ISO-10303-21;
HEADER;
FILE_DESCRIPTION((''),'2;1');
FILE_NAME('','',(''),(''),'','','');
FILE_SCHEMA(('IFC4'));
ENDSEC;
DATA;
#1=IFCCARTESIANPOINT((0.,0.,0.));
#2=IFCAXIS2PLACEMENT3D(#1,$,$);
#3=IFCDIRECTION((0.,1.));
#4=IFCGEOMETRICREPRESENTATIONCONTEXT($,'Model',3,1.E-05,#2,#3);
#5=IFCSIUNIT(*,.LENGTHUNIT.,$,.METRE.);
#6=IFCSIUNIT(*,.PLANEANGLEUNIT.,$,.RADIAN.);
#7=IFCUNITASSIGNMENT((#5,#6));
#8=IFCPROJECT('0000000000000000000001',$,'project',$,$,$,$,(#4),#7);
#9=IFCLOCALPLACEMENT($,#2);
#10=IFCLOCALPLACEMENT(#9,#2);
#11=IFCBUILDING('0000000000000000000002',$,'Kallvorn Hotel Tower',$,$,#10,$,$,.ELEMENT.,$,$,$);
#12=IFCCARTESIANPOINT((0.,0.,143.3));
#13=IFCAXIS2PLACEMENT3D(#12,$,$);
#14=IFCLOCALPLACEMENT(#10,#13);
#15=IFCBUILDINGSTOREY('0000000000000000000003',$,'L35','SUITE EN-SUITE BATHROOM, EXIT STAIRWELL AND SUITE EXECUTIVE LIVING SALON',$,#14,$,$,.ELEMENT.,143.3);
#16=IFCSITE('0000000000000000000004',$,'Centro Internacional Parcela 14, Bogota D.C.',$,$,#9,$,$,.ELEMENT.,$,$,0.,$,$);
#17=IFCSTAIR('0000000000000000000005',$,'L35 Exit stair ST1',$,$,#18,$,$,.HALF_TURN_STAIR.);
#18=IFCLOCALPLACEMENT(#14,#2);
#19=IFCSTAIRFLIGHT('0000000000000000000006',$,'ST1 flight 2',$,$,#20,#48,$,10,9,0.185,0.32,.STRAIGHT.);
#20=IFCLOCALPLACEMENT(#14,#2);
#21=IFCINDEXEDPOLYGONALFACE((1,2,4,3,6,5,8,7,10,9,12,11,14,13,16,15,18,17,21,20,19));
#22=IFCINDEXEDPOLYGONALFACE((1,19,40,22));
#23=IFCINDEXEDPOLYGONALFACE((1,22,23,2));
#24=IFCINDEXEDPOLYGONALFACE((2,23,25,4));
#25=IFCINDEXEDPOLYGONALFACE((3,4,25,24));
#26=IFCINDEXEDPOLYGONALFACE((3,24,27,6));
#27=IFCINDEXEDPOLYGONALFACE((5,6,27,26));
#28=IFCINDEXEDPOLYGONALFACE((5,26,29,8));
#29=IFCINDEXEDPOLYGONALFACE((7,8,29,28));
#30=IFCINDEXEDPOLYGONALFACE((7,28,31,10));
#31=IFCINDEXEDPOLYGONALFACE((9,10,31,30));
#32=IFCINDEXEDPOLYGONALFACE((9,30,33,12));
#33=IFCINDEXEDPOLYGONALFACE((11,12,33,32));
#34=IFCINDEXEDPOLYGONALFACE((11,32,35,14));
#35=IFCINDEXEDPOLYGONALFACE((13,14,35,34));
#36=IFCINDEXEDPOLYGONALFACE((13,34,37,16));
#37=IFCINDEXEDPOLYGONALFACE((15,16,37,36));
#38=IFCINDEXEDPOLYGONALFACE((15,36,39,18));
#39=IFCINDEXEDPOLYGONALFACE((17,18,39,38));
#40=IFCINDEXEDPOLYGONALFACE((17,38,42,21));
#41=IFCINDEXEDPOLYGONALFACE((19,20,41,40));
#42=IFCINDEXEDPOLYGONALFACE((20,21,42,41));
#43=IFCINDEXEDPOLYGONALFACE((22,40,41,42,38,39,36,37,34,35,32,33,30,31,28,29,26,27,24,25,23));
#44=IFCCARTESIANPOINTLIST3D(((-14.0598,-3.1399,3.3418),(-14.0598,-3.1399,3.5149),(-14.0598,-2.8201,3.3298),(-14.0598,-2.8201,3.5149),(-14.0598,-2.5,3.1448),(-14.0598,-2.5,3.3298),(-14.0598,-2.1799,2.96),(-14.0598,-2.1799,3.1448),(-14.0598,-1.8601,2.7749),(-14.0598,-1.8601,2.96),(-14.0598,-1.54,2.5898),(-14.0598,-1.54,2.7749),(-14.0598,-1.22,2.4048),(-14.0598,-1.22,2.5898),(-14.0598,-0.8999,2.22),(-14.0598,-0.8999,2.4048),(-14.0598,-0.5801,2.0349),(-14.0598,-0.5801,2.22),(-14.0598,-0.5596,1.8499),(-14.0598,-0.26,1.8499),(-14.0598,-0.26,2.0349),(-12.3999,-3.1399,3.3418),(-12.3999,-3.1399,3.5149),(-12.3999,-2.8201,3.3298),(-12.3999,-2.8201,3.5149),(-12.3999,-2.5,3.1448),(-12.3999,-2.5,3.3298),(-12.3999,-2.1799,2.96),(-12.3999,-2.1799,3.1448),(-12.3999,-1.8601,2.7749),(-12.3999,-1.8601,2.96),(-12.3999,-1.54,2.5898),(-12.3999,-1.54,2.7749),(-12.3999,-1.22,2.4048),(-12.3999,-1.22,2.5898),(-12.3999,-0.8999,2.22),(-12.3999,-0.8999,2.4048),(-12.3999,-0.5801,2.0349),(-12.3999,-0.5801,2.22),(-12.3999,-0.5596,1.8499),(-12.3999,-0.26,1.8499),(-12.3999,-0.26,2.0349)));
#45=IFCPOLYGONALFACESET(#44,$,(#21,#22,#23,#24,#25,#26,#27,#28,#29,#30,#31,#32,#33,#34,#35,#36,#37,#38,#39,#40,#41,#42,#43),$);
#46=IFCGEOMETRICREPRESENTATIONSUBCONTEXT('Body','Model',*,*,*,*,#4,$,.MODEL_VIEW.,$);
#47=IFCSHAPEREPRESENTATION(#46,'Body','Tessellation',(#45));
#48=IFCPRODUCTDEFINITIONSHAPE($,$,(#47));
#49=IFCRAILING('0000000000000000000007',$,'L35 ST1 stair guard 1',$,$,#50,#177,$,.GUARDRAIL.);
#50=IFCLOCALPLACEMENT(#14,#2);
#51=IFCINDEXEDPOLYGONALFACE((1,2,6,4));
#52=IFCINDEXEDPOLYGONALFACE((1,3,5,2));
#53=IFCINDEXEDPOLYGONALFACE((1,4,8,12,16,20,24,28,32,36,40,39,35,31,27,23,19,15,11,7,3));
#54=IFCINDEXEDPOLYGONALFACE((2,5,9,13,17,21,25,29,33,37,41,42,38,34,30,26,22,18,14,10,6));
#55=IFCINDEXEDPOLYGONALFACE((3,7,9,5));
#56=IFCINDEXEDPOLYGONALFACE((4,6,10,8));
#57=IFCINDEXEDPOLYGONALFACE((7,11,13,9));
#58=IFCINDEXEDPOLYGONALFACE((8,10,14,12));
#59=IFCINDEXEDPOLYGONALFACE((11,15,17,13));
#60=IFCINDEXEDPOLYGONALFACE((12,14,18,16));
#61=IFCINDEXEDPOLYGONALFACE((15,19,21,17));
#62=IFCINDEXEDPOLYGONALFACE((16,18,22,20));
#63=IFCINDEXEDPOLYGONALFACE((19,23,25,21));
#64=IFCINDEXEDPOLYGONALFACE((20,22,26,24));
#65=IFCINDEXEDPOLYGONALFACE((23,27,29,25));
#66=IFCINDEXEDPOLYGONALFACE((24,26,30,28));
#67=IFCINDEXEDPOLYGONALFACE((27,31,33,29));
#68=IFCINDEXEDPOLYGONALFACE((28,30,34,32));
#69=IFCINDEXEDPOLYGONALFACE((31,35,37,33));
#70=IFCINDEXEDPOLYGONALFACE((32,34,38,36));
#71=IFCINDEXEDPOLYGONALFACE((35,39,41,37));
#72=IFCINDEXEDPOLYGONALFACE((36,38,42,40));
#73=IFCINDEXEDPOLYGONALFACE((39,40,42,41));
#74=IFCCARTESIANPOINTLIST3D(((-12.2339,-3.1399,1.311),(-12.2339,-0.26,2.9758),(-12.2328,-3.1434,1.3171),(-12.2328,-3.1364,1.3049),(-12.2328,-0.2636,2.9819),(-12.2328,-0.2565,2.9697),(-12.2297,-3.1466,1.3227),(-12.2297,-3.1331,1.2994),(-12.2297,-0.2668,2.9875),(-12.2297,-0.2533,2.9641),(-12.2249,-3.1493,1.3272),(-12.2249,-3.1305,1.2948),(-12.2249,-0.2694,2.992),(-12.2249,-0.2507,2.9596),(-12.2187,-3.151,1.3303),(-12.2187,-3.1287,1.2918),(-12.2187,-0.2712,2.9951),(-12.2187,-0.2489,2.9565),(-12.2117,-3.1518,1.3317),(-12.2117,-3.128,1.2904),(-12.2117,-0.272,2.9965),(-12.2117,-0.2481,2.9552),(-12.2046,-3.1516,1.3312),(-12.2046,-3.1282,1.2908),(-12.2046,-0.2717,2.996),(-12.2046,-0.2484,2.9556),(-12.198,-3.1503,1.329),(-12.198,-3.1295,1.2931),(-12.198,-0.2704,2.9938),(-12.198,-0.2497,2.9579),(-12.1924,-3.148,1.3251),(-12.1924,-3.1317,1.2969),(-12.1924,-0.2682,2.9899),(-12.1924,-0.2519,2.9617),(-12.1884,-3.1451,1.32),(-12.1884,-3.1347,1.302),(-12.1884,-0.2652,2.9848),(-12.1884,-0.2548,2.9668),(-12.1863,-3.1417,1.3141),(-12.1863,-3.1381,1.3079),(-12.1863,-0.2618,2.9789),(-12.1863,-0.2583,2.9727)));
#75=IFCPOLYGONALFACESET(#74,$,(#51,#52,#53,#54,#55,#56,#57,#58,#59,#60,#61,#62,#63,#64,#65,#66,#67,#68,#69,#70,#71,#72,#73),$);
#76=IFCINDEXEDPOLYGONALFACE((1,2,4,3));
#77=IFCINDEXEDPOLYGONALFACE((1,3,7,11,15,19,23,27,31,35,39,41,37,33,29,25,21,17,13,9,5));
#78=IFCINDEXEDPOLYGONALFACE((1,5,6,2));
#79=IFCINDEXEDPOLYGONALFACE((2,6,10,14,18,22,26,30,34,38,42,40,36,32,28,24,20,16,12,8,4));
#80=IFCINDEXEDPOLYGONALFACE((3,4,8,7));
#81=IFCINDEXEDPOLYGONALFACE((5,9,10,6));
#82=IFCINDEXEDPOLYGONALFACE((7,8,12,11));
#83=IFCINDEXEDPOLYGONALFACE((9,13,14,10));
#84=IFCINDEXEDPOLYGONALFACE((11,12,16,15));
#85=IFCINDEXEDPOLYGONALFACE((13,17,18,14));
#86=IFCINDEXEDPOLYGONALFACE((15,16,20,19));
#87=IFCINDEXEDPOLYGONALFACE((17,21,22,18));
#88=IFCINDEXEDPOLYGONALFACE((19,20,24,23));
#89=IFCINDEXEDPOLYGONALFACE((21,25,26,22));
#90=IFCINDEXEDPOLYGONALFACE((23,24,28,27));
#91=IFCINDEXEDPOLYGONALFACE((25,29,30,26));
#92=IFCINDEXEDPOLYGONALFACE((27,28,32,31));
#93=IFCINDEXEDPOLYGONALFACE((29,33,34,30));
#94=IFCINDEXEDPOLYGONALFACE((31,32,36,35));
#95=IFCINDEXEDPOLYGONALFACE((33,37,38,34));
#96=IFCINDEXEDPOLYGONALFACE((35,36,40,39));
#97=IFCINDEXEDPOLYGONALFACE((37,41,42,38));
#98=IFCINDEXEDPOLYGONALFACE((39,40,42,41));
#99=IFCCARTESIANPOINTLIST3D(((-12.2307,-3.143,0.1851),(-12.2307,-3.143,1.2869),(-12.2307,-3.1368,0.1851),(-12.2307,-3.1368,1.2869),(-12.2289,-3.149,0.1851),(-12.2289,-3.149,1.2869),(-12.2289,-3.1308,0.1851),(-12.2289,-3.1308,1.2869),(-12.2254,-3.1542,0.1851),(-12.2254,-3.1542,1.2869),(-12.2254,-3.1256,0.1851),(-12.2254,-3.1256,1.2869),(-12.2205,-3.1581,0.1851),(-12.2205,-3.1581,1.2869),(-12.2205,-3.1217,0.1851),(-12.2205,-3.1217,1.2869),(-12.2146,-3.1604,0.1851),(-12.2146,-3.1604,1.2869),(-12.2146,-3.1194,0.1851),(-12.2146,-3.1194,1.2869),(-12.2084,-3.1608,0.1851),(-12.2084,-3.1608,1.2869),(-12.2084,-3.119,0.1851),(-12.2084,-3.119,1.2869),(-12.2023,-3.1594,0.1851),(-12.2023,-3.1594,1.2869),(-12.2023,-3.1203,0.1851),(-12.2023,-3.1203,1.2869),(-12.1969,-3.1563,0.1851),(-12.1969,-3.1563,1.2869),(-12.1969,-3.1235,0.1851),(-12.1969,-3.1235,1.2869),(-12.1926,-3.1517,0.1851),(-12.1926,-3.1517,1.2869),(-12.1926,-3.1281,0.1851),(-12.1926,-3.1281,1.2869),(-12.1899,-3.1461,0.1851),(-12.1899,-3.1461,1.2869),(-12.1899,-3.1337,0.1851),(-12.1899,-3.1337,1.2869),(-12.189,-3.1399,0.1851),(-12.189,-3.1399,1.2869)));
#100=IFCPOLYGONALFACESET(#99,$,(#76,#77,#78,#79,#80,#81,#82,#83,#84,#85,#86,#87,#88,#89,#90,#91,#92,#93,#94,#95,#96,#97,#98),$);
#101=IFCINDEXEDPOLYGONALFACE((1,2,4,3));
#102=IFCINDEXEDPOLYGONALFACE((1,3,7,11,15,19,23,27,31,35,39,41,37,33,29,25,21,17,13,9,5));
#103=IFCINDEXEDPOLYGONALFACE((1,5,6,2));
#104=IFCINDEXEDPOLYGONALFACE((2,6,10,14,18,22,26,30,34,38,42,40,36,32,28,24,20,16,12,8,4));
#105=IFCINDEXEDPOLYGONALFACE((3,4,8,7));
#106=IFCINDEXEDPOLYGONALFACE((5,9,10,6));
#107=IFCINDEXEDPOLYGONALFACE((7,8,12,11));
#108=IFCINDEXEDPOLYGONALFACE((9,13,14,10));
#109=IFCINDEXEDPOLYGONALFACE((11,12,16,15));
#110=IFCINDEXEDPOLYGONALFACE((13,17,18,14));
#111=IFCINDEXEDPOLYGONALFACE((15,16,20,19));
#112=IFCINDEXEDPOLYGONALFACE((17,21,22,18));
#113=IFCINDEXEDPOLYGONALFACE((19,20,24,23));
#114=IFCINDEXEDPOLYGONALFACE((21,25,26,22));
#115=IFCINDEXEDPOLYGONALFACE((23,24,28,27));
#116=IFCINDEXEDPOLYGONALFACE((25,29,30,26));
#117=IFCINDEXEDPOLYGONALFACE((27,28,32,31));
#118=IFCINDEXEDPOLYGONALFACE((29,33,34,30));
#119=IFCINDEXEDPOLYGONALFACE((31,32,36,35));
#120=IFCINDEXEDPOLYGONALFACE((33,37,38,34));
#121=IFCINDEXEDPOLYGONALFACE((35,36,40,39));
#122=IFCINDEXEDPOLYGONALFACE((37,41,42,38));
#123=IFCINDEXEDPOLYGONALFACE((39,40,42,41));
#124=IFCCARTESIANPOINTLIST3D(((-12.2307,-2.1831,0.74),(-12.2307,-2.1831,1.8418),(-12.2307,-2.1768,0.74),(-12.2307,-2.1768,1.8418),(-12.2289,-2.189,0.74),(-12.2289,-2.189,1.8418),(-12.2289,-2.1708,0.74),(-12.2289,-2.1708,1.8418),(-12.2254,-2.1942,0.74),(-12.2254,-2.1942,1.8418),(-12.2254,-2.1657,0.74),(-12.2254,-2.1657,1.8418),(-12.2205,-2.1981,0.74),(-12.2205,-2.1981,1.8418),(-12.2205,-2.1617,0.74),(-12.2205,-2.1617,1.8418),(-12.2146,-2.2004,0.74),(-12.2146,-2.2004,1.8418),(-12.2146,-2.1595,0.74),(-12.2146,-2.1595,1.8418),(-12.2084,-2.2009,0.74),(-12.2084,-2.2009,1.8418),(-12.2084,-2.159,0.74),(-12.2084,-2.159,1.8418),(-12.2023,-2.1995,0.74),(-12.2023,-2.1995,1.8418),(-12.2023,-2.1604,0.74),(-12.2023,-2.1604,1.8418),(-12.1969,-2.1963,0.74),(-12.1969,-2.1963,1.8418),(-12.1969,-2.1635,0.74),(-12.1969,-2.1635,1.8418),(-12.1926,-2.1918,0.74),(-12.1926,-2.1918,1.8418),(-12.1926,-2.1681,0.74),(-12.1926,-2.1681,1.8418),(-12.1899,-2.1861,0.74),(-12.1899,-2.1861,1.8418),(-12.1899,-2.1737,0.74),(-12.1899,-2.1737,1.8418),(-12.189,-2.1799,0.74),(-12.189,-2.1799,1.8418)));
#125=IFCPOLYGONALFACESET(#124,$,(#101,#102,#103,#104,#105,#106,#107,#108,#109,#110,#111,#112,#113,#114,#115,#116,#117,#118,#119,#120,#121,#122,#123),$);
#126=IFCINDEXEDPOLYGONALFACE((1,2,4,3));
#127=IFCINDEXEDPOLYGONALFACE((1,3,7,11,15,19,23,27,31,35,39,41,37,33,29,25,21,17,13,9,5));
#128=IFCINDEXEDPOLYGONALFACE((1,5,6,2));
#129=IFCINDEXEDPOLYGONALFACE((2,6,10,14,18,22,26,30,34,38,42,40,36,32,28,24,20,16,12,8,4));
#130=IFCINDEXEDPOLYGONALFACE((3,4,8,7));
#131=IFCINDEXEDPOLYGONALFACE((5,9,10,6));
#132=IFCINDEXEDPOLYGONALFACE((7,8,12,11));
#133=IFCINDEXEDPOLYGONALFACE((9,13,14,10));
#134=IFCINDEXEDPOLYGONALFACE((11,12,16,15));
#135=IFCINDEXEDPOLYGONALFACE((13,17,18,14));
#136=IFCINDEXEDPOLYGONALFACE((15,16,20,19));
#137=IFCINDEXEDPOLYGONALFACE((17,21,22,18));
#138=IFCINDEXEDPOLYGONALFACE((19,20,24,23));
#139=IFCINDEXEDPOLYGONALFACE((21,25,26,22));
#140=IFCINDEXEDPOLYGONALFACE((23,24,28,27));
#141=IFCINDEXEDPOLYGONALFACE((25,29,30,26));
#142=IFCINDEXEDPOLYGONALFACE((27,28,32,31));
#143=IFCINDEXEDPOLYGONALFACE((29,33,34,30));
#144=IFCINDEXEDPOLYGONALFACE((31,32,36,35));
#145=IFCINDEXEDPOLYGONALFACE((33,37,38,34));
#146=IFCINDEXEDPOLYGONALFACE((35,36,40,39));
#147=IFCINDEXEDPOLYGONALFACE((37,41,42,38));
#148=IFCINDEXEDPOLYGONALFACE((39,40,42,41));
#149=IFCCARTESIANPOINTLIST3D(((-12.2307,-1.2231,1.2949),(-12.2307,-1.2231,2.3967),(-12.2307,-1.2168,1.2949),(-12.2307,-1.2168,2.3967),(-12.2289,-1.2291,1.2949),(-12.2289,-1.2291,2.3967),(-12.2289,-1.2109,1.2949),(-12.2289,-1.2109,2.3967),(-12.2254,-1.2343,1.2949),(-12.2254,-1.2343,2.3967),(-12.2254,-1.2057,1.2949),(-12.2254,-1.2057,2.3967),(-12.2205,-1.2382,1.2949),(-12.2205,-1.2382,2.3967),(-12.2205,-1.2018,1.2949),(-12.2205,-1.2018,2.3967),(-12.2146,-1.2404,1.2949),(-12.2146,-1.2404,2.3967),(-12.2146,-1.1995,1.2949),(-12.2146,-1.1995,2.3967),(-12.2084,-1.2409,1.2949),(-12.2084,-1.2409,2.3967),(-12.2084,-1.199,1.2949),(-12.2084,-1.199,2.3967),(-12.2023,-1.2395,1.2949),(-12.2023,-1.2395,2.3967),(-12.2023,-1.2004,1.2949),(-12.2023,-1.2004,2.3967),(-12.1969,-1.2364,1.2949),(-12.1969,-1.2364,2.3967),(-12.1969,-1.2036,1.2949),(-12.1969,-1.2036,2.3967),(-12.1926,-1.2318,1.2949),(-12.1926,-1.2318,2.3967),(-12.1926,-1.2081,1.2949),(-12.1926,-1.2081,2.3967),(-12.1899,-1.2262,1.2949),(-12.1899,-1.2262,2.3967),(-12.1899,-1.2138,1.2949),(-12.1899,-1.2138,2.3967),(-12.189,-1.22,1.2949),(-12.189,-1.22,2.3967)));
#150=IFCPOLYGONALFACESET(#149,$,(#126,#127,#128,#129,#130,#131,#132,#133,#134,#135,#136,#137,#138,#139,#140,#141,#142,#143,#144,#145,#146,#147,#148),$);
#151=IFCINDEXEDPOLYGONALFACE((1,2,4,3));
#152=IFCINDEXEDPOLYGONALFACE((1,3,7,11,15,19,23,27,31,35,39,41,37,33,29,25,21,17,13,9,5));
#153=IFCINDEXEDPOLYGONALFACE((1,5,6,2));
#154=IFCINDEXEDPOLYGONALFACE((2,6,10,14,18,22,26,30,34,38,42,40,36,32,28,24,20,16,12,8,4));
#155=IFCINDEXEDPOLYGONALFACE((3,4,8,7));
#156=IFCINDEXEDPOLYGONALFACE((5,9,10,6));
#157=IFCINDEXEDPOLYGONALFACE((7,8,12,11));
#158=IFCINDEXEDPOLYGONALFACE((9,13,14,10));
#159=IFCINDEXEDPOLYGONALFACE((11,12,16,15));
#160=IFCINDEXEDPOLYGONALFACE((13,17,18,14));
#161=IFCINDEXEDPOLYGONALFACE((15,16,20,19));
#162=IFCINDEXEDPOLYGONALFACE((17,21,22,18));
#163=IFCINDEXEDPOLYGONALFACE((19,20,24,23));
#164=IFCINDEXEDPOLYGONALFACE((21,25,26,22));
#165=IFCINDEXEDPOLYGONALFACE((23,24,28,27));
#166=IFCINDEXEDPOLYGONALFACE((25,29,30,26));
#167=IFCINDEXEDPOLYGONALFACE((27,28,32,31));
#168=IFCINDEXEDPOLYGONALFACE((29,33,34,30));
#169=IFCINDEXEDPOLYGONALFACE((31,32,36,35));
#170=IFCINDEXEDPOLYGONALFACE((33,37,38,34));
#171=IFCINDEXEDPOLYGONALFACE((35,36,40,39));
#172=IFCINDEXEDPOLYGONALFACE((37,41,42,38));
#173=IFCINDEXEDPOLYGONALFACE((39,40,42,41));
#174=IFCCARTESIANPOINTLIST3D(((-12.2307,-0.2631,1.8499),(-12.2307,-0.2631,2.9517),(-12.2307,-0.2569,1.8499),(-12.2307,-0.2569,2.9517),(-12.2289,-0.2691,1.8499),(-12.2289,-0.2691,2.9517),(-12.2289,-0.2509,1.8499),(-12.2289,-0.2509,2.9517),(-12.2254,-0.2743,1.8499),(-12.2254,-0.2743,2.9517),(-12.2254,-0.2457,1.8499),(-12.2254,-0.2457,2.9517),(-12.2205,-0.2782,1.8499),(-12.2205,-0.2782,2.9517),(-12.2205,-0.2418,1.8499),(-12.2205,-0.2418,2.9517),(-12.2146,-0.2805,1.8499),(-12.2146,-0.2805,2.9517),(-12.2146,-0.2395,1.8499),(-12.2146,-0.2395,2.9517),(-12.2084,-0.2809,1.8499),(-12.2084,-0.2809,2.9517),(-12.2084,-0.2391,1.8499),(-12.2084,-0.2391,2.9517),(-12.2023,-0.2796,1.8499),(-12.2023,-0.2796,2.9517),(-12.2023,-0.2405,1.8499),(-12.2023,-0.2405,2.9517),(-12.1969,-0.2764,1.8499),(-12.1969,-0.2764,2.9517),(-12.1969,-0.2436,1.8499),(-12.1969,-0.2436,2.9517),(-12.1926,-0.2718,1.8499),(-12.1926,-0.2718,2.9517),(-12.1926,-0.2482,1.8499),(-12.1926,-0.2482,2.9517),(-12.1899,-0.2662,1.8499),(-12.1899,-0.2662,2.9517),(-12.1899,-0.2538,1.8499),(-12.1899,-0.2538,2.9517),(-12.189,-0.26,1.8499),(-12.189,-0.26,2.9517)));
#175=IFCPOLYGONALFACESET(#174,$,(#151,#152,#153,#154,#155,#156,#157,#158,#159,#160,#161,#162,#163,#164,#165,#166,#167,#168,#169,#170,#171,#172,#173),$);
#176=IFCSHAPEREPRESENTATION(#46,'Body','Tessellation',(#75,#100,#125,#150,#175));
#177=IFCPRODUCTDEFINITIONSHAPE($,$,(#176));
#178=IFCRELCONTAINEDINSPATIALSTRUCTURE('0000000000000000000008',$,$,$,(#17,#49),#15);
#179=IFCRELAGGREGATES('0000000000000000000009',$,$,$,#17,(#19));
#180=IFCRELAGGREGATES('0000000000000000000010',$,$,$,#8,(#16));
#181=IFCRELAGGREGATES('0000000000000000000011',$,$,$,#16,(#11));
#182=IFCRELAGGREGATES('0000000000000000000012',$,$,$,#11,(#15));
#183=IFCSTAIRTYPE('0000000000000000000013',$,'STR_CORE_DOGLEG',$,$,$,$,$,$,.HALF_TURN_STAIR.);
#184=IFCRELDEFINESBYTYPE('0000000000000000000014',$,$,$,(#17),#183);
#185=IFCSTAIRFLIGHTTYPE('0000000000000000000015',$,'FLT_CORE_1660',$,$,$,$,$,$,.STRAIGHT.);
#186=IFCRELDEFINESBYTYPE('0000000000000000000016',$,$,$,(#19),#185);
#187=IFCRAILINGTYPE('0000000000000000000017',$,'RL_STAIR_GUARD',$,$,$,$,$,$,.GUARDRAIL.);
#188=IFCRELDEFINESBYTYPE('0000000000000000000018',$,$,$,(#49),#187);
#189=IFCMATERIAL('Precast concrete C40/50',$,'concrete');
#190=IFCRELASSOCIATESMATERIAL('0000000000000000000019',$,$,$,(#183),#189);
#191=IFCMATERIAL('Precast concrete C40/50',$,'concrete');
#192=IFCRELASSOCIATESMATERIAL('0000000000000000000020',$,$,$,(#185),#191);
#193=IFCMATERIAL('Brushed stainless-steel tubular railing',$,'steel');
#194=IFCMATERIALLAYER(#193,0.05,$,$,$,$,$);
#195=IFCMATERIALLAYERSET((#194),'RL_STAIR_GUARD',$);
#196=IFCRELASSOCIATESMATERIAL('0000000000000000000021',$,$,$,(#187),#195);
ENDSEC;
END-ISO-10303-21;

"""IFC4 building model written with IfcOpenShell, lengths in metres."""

from ifc_helpers import new_model, si_unit, direction, frame, origin, origin_2d, place, context, subcontext, project, spatial, polyline, circle, outline, extrude, material, layer, layer_set, type_object, element, aggregate, save


model = new_model("IFC4")

# Units and contexts
model_context = context("Model", 3, precision=1e-05, world=origin(), true_north=direction((0.0, 1.0)))
body_context = subcontext(model_context, "Body", "Model", "MODEL_VIEW")
ifc_project = project(units=[si_unit("LENGTHUNIT", "METRE"), si_unit("PLANEANGLEUNIT", "RADIAN")], contexts=[model_context])

# Site, building, storey
site_placement = place(None, origin())
site = spatial("IfcSite", under=ifc_project, at=site_placement, Name="Centro Internacional Parcela 14, Bogota D.C.", CompositionType="ELEMENT", RefElevation=0.0)
building_placement = place(site_placement, origin())
building = spatial("IfcBuilding", under=site, at=building_placement, Name="Kallvorn Hotel Tower", CompositionType="ELEMENT")
storey_placement = place(building_placement, frame((0.0, 0.0, 143.3)))
storey = spatial("IfcBuildingStorey", under=building, at=storey_placement, Name="L35", Description="SUITE EN-SUITE BATHROOM, EXIT STAIRWELL AND SUITE EXECUTIVE LIVING SALON", CompositionType="ELEMENT", Elevation=143.3)

# Stair, stair flight
ifc_material_1 = material(Name="Precast concrete C40/50", Category="concrete")
stair_type = type_object("IfcStairType", Name="STR_CORE_DOGLEG", PredefinedType="HALF_TURN_STAIR", material=ifc_material_1)
stair_placement = place(storey_placement, origin())
stair = element("IfcStair", 1, at=stair_placement, inside=storey, type_object=stair_type, Name="L35 Exit stair ST1", PredefinedType="HALF_TURN_STAIR")
ifc_material_2 = material(Name="Precast concrete C40/50", Category="concrete")
stair_flight_type = type_object("IfcStairFlightType", Name="FLT_CORE_1660", PredefinedType="STRAIGHT", material=ifc_material_2)
stair_flight_1_placement = place(storey_placement, frame((-13.23, -0.26, 1.8499), z_axis=(0.0, 0.0, 1.0), x_axis=(0.0, -1.0, 0.0)))
stair_flight_1 = element("IfcStairFlight", 2, at=stair_flight_1_placement, type_object=stair_flight_type, Name="ST1 flight 2", NumberOfRisers=10, NumberOfTreads=9, PredefinedType="STRAIGHT", RiserHeight=0.185, TreadLength=0.32, context=body_context, shape_type="SweptSolid", body=[
    extrude(outline(polyline([(0.0, 0.0), (0.0, 0.1851), (0.3201, 0.1851), (0.3201, 0.3701), (0.6399, 0.3701), (0.6399, 0.5549), (0.96, 0.5549), (0.96, 0.74), (1.28, 0.74), (1.28, 0.925), (1.6001, 0.925), (1.6001, 1.1101), (1.9199, 1.1101), (1.9199, 1.2949), (2.24, 1.2949), (2.24, 1.48), (2.5601, 1.48), (2.5601, 1.665), (2.8799, 1.665), (2.8799, 1.8501), (2.8799, 1.4919), (0.2996, 0.0), (0.0, 0.0)])), frame((0.0, 0.8301, 0.0), z_axis=(0.0, -1.0, 0.0), x_axis=(1.0, 0.0, 0.0)), (0.0, 0.0, 1.0), 1.6599),
])
aggregate(stair, [stair_flight_1])

# Railing
ifc_material_3 = material(Name="Brushed stainless-steel tubular railing", Category="steel")
ifc_layer_1 = layer(ifc_material_3, 0.05)
ifc_layer_set_1 = layer_set([ifc_layer_1], Name="RL_STAIR_GUARD")
railing_type_1 = type_object("IfcRailingType", Name="RL_STAIR_GUARD", PredefinedType="GUARDRAIL", material=ifc_layer_set_1)
railing_1_placement = place(storey_placement, frame((-12.21, -3.1399, 0.1851)))
element("IfcRailing", 3, at=railing_1_placement, inside=storey, type_object=railing_type_1, Name="L35 ST1 stair guard 1", PredefinedType="GUARDRAIL", context=body_context, shape_type="SweptSolid", body=[
    extrude(circle(Radius=0.0239, at=origin_2d()), frame((0.0, 0.0, 1.126), z_axis=(0.0, 0.865753, 0.500472), x_axis=(-1.0, 0.0, 0.0)), (0.0, 0.0, 1.0), 3.3264),
    extrude(circle(Radius=0.021, at=origin_2d()), origin(), (0.0, 0.0, 1.0), 1.1018),
    extrude(circle(Radius=0.021, at=origin_2d()), frame((0.0, 0.96, 0.5549)), (0.0, 0.0, 1.0), 1.1018),
    extrude(circle(Radius=0.021, at=origin_2d()), frame((0.0, 1.9199, 1.1099)), (0.0, 0.0, 1.0), 1.1018),
    extrude(circle(Radius=0.021, at=origin_2d()), frame((0.0, 2.8799, 1.6648)), (0.0, 0.0, 1.0), 1.1018),
])

save(model, "model.ifc")
